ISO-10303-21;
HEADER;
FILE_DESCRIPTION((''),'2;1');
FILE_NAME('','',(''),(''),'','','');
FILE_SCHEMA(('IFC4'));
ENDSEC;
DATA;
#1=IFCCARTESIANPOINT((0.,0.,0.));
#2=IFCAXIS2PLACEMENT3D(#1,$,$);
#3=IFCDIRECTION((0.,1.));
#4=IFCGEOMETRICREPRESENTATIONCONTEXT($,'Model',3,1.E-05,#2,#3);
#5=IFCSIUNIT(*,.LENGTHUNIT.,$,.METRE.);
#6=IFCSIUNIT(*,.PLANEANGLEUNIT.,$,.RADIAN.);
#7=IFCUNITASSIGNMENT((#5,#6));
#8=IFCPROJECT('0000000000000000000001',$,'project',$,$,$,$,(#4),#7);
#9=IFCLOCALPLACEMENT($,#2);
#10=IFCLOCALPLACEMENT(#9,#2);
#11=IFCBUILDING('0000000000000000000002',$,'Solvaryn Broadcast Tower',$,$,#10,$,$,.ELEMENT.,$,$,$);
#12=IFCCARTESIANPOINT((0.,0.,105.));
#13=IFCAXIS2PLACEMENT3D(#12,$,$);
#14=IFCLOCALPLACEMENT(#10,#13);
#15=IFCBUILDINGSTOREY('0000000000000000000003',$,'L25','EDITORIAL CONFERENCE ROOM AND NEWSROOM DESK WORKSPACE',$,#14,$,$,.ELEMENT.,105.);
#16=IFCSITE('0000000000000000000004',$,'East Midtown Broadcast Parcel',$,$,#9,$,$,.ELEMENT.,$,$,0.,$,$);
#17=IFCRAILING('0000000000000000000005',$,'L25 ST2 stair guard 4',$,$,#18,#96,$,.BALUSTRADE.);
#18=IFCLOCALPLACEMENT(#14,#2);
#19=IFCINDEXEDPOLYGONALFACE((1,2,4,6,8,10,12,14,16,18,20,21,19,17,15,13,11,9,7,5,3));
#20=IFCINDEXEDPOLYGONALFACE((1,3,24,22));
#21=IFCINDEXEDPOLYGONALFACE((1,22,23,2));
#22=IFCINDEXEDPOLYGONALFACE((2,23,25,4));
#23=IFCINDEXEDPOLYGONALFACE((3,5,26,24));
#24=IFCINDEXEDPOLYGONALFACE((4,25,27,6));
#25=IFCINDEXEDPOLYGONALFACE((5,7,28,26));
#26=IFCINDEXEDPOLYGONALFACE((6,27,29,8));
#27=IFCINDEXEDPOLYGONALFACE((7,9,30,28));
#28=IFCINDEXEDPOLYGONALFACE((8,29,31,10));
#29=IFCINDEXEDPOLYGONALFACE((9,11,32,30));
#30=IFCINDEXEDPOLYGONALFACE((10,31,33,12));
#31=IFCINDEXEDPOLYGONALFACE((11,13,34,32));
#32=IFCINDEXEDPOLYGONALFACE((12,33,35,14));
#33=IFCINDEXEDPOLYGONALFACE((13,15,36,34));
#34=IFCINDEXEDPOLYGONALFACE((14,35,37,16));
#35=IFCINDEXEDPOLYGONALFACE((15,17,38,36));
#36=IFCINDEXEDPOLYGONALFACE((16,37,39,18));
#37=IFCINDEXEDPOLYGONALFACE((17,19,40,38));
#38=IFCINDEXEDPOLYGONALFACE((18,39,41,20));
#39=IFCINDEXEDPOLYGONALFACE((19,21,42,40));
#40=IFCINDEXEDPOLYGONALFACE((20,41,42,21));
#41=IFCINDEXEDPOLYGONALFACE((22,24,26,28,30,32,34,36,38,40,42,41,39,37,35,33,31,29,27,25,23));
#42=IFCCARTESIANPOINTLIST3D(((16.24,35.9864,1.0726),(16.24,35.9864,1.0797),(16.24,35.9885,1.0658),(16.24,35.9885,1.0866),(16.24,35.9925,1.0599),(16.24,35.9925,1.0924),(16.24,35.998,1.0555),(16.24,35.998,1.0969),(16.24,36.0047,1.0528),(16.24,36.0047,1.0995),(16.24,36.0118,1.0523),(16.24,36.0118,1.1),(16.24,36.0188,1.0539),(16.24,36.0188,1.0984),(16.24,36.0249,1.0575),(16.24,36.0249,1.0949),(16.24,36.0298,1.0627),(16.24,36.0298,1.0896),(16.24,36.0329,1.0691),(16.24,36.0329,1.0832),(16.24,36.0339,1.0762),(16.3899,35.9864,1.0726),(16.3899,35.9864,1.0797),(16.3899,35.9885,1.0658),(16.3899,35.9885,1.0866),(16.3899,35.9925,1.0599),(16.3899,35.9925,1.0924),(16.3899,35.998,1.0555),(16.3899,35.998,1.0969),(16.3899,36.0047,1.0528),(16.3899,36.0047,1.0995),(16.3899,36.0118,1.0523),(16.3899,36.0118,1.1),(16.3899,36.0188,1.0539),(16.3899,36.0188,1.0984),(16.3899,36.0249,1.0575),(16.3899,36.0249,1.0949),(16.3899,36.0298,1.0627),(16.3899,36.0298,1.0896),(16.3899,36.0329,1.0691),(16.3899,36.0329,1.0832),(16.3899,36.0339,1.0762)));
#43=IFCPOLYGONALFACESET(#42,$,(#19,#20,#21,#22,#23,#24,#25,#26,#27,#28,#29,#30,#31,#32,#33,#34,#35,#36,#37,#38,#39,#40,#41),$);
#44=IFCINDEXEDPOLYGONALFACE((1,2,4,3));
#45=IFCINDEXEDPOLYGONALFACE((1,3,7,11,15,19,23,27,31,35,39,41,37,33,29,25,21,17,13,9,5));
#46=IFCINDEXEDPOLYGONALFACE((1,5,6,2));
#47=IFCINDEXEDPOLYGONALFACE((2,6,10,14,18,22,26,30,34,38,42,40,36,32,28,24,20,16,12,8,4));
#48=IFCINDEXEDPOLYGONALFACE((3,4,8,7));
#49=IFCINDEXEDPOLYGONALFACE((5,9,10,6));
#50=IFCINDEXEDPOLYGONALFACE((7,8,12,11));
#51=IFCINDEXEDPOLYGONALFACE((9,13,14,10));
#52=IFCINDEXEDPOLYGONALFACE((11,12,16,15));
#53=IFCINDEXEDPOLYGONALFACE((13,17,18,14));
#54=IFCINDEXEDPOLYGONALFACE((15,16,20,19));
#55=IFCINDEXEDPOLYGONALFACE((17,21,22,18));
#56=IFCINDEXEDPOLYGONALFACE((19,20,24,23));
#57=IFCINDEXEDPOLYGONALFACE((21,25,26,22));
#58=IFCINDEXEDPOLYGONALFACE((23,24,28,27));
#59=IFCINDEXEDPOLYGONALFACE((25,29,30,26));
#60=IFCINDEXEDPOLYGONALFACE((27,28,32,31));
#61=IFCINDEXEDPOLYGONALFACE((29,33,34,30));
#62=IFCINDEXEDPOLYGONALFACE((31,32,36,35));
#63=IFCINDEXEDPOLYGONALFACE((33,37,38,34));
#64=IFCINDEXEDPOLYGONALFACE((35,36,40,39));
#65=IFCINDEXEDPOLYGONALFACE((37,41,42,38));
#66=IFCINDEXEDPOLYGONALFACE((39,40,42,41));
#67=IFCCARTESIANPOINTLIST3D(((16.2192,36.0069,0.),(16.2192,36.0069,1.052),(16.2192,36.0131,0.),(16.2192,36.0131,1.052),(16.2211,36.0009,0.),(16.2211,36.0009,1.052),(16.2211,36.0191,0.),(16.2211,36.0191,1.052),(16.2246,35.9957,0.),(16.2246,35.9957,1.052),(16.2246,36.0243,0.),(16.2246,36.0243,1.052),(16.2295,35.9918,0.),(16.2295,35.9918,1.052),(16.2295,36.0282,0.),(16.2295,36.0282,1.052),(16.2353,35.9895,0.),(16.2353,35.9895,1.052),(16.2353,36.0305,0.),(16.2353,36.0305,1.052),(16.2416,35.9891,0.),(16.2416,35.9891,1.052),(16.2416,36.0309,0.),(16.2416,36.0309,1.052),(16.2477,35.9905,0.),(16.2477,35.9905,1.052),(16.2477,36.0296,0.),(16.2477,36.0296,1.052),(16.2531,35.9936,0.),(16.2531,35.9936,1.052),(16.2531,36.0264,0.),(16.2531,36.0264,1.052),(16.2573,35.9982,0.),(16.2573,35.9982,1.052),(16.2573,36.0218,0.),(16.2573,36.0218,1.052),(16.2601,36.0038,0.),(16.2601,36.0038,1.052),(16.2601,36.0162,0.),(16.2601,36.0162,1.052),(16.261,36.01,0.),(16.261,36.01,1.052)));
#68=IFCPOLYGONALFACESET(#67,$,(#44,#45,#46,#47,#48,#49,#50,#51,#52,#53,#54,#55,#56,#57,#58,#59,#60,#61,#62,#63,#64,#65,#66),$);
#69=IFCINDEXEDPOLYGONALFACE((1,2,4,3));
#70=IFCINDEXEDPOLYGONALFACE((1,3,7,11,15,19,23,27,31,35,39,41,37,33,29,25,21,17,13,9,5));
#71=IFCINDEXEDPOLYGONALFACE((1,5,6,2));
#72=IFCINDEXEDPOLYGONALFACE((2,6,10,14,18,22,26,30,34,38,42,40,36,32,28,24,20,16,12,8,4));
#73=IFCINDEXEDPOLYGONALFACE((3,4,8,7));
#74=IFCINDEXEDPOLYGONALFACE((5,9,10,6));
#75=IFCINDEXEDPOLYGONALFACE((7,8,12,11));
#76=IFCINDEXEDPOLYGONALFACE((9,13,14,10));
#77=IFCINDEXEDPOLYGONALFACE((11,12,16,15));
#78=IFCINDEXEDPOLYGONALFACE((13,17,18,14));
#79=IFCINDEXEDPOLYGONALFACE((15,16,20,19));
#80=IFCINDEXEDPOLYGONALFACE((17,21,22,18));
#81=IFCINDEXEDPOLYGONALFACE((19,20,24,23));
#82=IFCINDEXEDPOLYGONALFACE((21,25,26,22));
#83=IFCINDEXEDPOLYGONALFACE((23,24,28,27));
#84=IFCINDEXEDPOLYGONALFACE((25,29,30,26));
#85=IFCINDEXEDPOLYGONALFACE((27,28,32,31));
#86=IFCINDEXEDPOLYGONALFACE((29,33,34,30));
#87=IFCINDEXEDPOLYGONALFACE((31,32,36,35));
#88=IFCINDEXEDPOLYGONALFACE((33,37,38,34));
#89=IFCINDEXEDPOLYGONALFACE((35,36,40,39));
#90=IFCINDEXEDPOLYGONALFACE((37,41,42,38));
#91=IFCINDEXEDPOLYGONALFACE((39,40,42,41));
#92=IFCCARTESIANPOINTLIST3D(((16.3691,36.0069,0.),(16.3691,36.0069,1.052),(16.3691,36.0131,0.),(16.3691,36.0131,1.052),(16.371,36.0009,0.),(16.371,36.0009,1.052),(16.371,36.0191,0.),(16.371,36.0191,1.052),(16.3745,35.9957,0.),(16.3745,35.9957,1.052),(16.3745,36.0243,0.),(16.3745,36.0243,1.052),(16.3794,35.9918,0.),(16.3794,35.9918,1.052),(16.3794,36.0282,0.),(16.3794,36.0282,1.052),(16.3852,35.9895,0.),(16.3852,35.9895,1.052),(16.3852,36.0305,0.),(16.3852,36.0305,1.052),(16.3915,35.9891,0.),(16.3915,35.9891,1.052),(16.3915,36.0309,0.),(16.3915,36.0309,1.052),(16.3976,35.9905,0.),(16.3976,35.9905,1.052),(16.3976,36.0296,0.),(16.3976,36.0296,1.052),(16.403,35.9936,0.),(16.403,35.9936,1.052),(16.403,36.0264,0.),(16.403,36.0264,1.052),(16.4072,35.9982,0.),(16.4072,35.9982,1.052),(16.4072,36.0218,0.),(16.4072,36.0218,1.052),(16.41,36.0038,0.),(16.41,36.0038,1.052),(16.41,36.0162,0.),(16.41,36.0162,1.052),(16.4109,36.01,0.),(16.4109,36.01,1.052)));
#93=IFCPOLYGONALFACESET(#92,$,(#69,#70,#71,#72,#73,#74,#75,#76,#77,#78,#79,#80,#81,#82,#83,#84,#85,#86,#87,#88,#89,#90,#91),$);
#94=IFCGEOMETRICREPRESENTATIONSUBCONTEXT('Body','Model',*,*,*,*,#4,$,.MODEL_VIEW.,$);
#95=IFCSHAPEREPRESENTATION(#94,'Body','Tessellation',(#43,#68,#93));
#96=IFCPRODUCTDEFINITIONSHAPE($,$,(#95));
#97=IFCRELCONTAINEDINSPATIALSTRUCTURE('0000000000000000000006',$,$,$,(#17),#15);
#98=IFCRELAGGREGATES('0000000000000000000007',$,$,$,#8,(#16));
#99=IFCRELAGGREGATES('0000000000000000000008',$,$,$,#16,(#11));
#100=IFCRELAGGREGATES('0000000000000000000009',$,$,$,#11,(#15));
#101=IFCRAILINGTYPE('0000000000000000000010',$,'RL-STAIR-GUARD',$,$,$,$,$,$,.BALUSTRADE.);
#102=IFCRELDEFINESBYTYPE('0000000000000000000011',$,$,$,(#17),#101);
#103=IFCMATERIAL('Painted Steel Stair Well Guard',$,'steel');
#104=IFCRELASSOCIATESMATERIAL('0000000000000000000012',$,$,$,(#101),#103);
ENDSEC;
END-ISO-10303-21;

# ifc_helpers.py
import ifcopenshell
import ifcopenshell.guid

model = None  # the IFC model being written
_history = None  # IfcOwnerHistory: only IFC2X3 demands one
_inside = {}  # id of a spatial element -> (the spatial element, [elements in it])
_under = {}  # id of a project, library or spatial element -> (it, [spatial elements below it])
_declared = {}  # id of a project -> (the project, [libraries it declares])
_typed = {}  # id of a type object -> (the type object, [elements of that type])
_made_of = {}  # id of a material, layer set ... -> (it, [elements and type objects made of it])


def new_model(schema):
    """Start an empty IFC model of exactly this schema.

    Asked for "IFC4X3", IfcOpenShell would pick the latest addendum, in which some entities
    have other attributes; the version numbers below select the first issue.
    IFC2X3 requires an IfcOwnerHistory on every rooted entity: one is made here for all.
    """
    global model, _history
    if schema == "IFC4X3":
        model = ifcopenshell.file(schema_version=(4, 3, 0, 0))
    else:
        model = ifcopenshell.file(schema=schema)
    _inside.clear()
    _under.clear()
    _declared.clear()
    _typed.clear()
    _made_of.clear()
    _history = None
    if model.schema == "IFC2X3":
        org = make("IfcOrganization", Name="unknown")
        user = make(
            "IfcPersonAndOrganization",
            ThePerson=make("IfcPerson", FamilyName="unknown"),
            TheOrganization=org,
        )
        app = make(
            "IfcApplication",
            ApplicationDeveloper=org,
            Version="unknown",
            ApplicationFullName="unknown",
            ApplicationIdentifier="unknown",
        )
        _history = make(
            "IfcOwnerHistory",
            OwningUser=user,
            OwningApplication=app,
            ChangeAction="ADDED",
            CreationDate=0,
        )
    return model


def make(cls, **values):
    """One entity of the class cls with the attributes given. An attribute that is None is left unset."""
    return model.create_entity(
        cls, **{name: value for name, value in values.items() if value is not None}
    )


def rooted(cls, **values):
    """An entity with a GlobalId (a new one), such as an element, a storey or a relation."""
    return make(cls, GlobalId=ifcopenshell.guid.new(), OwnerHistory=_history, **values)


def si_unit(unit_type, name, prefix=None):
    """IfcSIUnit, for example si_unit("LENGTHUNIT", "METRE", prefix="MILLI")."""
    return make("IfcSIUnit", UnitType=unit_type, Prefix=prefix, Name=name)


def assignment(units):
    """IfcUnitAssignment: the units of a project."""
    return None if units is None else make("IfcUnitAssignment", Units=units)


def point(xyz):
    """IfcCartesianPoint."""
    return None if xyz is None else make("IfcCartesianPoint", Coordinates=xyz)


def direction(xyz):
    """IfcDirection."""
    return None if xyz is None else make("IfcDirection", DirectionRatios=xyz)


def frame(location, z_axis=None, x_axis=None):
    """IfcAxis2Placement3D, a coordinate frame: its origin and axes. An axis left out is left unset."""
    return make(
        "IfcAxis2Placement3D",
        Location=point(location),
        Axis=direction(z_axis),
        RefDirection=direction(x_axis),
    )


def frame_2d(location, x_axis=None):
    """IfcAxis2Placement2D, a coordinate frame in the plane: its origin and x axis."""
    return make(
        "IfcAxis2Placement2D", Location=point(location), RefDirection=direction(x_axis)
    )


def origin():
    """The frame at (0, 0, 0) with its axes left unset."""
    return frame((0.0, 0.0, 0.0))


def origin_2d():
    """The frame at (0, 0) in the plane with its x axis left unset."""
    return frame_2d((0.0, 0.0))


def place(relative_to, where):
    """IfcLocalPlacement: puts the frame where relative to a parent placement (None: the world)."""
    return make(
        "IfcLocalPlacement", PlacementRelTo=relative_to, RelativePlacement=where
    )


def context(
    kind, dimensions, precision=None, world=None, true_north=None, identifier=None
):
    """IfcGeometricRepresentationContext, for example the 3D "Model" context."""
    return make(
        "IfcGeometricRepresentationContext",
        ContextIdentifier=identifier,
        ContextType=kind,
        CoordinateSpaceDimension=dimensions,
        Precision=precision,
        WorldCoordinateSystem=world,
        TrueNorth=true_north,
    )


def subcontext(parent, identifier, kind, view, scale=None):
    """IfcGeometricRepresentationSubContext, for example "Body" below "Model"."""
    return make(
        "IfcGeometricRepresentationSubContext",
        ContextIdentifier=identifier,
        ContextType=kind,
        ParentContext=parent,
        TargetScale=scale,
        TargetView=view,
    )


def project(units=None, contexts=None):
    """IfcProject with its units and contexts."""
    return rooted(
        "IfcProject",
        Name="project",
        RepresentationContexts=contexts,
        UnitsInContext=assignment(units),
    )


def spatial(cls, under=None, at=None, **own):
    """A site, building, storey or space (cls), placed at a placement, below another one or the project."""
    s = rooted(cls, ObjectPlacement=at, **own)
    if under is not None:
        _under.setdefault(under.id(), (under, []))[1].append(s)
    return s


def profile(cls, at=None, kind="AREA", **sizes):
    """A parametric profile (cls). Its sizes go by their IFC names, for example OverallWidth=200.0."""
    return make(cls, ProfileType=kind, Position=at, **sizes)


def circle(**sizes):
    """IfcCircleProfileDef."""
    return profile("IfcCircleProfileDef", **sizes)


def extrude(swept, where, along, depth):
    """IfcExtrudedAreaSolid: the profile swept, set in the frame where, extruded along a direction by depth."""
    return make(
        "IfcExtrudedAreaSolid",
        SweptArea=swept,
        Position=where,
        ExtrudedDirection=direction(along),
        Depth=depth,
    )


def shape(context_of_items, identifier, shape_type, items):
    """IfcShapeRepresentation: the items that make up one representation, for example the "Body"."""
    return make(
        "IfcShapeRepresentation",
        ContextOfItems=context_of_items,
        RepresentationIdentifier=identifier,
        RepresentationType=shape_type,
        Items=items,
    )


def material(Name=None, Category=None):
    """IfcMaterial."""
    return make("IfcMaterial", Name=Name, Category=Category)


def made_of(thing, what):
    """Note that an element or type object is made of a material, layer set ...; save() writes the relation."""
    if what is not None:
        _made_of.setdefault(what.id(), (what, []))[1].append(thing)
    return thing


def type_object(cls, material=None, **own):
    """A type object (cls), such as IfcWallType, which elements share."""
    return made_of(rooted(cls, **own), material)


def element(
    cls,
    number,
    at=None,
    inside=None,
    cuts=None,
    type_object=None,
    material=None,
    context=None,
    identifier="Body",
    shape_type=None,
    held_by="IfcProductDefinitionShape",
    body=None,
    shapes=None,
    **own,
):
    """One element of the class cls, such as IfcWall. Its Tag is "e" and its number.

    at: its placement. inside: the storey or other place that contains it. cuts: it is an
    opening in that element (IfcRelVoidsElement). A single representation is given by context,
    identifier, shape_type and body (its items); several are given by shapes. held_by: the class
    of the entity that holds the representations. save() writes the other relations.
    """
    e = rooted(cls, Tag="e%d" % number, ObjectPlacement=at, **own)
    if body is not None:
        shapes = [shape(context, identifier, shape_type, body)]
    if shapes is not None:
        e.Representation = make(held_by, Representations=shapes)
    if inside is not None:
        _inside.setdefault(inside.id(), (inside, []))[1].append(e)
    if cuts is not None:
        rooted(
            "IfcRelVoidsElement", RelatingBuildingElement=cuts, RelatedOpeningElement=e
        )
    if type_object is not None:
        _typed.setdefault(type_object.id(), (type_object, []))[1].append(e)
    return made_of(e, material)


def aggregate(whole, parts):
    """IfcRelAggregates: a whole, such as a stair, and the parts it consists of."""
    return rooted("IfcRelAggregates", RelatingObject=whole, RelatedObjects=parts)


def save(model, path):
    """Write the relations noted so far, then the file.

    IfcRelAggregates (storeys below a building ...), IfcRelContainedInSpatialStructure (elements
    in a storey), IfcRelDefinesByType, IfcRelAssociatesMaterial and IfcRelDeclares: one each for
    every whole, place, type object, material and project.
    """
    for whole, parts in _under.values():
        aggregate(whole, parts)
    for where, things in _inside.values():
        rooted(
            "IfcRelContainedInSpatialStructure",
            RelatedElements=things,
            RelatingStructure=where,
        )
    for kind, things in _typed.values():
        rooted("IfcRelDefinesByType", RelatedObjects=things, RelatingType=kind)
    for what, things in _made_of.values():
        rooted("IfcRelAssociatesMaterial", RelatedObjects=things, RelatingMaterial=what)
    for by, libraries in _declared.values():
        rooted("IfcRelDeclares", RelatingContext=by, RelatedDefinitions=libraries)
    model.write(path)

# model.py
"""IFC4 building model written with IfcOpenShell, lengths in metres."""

from ifc_helpers import new_model, si_unit, direction, frame, origin, origin_2d, place, context, subcontext, project, spatial, circle, extrude, material, type_object, element, save


model = new_model("IFC4")

# Units and contexts
model_context = context("Model", 3, precision=1e-05, world=origin(), true_north=direction((0.0, 1.0)))
body_context = subcontext(model_context, "Body", "Model", "MODEL_VIEW")
ifc_project = project(units=[si_unit("LENGTHUNIT", "METRE"), si_unit("PLANEANGLEUNIT", "RADIAN")], contexts=[model_context])

# Site, building, storey
site_placement = place(None, origin())
site = spatial("IfcSite", under=ifc_project, at=site_placement, Name="East Midtown Broadcast Parcel", CompositionType="ELEMENT", RefElevation=0.0)
building_placement = place(site_placement, origin())
building = spatial("IfcBuilding", under=site, at=building_placement, Name="Solvaryn Broadcast Tower", CompositionType="ELEMENT")
storey_placement = place(building_placement, frame((0.0, 0.0, 105.0)))
storey = spatial("IfcBuildingStorey", under=building, at=storey_placement, Name="L25", Description="EDITORIAL CONFERENCE ROOM AND NEWSROOM DESK WORKSPACE", CompositionType="ELEMENT", Elevation=105.0)

# Railing
ifc_material_1 = material(Name="Painted Steel Stair Well Guard", Category="steel")
railing_type_1 = type_object("IfcRailingType", Name="RL-STAIR-GUARD", PredefinedType="BALUSTRADE", material=ifc_material_1)
railing_1_placement = place(storey_placement, frame((16.24, 36.01, 0.0)))
element("IfcRailing", 1, at=railing_1_placement, inside=storey, type_object=railing_type_1, Name="L25 ST2 stair guard 4", PredefinedType="BALUSTRADE", context=body_context, shape_type="SweptSolid", body=[
    extrude(circle(Radius=0.0239, at=origin_2d()), frame((0.0, 0.0, 1.0762), z_axis=(1.0, 0.0, 0.0), x_axis=(0.0, 1.0, 0.0)), (0.0, 0.0, 1.0), 0.1499),
    extrude(circle(Radius=0.021, at=origin_2d()), origin(), (0.0, 0.0, 1.0), 1.052),
    extrude(circle(Radius=0.021, at=origin_2d()), frame((0.1499, 0.0, 0.0)), (0.0, 0.0, 1.0), 1.052),
])

save(model, "model.ifc")
